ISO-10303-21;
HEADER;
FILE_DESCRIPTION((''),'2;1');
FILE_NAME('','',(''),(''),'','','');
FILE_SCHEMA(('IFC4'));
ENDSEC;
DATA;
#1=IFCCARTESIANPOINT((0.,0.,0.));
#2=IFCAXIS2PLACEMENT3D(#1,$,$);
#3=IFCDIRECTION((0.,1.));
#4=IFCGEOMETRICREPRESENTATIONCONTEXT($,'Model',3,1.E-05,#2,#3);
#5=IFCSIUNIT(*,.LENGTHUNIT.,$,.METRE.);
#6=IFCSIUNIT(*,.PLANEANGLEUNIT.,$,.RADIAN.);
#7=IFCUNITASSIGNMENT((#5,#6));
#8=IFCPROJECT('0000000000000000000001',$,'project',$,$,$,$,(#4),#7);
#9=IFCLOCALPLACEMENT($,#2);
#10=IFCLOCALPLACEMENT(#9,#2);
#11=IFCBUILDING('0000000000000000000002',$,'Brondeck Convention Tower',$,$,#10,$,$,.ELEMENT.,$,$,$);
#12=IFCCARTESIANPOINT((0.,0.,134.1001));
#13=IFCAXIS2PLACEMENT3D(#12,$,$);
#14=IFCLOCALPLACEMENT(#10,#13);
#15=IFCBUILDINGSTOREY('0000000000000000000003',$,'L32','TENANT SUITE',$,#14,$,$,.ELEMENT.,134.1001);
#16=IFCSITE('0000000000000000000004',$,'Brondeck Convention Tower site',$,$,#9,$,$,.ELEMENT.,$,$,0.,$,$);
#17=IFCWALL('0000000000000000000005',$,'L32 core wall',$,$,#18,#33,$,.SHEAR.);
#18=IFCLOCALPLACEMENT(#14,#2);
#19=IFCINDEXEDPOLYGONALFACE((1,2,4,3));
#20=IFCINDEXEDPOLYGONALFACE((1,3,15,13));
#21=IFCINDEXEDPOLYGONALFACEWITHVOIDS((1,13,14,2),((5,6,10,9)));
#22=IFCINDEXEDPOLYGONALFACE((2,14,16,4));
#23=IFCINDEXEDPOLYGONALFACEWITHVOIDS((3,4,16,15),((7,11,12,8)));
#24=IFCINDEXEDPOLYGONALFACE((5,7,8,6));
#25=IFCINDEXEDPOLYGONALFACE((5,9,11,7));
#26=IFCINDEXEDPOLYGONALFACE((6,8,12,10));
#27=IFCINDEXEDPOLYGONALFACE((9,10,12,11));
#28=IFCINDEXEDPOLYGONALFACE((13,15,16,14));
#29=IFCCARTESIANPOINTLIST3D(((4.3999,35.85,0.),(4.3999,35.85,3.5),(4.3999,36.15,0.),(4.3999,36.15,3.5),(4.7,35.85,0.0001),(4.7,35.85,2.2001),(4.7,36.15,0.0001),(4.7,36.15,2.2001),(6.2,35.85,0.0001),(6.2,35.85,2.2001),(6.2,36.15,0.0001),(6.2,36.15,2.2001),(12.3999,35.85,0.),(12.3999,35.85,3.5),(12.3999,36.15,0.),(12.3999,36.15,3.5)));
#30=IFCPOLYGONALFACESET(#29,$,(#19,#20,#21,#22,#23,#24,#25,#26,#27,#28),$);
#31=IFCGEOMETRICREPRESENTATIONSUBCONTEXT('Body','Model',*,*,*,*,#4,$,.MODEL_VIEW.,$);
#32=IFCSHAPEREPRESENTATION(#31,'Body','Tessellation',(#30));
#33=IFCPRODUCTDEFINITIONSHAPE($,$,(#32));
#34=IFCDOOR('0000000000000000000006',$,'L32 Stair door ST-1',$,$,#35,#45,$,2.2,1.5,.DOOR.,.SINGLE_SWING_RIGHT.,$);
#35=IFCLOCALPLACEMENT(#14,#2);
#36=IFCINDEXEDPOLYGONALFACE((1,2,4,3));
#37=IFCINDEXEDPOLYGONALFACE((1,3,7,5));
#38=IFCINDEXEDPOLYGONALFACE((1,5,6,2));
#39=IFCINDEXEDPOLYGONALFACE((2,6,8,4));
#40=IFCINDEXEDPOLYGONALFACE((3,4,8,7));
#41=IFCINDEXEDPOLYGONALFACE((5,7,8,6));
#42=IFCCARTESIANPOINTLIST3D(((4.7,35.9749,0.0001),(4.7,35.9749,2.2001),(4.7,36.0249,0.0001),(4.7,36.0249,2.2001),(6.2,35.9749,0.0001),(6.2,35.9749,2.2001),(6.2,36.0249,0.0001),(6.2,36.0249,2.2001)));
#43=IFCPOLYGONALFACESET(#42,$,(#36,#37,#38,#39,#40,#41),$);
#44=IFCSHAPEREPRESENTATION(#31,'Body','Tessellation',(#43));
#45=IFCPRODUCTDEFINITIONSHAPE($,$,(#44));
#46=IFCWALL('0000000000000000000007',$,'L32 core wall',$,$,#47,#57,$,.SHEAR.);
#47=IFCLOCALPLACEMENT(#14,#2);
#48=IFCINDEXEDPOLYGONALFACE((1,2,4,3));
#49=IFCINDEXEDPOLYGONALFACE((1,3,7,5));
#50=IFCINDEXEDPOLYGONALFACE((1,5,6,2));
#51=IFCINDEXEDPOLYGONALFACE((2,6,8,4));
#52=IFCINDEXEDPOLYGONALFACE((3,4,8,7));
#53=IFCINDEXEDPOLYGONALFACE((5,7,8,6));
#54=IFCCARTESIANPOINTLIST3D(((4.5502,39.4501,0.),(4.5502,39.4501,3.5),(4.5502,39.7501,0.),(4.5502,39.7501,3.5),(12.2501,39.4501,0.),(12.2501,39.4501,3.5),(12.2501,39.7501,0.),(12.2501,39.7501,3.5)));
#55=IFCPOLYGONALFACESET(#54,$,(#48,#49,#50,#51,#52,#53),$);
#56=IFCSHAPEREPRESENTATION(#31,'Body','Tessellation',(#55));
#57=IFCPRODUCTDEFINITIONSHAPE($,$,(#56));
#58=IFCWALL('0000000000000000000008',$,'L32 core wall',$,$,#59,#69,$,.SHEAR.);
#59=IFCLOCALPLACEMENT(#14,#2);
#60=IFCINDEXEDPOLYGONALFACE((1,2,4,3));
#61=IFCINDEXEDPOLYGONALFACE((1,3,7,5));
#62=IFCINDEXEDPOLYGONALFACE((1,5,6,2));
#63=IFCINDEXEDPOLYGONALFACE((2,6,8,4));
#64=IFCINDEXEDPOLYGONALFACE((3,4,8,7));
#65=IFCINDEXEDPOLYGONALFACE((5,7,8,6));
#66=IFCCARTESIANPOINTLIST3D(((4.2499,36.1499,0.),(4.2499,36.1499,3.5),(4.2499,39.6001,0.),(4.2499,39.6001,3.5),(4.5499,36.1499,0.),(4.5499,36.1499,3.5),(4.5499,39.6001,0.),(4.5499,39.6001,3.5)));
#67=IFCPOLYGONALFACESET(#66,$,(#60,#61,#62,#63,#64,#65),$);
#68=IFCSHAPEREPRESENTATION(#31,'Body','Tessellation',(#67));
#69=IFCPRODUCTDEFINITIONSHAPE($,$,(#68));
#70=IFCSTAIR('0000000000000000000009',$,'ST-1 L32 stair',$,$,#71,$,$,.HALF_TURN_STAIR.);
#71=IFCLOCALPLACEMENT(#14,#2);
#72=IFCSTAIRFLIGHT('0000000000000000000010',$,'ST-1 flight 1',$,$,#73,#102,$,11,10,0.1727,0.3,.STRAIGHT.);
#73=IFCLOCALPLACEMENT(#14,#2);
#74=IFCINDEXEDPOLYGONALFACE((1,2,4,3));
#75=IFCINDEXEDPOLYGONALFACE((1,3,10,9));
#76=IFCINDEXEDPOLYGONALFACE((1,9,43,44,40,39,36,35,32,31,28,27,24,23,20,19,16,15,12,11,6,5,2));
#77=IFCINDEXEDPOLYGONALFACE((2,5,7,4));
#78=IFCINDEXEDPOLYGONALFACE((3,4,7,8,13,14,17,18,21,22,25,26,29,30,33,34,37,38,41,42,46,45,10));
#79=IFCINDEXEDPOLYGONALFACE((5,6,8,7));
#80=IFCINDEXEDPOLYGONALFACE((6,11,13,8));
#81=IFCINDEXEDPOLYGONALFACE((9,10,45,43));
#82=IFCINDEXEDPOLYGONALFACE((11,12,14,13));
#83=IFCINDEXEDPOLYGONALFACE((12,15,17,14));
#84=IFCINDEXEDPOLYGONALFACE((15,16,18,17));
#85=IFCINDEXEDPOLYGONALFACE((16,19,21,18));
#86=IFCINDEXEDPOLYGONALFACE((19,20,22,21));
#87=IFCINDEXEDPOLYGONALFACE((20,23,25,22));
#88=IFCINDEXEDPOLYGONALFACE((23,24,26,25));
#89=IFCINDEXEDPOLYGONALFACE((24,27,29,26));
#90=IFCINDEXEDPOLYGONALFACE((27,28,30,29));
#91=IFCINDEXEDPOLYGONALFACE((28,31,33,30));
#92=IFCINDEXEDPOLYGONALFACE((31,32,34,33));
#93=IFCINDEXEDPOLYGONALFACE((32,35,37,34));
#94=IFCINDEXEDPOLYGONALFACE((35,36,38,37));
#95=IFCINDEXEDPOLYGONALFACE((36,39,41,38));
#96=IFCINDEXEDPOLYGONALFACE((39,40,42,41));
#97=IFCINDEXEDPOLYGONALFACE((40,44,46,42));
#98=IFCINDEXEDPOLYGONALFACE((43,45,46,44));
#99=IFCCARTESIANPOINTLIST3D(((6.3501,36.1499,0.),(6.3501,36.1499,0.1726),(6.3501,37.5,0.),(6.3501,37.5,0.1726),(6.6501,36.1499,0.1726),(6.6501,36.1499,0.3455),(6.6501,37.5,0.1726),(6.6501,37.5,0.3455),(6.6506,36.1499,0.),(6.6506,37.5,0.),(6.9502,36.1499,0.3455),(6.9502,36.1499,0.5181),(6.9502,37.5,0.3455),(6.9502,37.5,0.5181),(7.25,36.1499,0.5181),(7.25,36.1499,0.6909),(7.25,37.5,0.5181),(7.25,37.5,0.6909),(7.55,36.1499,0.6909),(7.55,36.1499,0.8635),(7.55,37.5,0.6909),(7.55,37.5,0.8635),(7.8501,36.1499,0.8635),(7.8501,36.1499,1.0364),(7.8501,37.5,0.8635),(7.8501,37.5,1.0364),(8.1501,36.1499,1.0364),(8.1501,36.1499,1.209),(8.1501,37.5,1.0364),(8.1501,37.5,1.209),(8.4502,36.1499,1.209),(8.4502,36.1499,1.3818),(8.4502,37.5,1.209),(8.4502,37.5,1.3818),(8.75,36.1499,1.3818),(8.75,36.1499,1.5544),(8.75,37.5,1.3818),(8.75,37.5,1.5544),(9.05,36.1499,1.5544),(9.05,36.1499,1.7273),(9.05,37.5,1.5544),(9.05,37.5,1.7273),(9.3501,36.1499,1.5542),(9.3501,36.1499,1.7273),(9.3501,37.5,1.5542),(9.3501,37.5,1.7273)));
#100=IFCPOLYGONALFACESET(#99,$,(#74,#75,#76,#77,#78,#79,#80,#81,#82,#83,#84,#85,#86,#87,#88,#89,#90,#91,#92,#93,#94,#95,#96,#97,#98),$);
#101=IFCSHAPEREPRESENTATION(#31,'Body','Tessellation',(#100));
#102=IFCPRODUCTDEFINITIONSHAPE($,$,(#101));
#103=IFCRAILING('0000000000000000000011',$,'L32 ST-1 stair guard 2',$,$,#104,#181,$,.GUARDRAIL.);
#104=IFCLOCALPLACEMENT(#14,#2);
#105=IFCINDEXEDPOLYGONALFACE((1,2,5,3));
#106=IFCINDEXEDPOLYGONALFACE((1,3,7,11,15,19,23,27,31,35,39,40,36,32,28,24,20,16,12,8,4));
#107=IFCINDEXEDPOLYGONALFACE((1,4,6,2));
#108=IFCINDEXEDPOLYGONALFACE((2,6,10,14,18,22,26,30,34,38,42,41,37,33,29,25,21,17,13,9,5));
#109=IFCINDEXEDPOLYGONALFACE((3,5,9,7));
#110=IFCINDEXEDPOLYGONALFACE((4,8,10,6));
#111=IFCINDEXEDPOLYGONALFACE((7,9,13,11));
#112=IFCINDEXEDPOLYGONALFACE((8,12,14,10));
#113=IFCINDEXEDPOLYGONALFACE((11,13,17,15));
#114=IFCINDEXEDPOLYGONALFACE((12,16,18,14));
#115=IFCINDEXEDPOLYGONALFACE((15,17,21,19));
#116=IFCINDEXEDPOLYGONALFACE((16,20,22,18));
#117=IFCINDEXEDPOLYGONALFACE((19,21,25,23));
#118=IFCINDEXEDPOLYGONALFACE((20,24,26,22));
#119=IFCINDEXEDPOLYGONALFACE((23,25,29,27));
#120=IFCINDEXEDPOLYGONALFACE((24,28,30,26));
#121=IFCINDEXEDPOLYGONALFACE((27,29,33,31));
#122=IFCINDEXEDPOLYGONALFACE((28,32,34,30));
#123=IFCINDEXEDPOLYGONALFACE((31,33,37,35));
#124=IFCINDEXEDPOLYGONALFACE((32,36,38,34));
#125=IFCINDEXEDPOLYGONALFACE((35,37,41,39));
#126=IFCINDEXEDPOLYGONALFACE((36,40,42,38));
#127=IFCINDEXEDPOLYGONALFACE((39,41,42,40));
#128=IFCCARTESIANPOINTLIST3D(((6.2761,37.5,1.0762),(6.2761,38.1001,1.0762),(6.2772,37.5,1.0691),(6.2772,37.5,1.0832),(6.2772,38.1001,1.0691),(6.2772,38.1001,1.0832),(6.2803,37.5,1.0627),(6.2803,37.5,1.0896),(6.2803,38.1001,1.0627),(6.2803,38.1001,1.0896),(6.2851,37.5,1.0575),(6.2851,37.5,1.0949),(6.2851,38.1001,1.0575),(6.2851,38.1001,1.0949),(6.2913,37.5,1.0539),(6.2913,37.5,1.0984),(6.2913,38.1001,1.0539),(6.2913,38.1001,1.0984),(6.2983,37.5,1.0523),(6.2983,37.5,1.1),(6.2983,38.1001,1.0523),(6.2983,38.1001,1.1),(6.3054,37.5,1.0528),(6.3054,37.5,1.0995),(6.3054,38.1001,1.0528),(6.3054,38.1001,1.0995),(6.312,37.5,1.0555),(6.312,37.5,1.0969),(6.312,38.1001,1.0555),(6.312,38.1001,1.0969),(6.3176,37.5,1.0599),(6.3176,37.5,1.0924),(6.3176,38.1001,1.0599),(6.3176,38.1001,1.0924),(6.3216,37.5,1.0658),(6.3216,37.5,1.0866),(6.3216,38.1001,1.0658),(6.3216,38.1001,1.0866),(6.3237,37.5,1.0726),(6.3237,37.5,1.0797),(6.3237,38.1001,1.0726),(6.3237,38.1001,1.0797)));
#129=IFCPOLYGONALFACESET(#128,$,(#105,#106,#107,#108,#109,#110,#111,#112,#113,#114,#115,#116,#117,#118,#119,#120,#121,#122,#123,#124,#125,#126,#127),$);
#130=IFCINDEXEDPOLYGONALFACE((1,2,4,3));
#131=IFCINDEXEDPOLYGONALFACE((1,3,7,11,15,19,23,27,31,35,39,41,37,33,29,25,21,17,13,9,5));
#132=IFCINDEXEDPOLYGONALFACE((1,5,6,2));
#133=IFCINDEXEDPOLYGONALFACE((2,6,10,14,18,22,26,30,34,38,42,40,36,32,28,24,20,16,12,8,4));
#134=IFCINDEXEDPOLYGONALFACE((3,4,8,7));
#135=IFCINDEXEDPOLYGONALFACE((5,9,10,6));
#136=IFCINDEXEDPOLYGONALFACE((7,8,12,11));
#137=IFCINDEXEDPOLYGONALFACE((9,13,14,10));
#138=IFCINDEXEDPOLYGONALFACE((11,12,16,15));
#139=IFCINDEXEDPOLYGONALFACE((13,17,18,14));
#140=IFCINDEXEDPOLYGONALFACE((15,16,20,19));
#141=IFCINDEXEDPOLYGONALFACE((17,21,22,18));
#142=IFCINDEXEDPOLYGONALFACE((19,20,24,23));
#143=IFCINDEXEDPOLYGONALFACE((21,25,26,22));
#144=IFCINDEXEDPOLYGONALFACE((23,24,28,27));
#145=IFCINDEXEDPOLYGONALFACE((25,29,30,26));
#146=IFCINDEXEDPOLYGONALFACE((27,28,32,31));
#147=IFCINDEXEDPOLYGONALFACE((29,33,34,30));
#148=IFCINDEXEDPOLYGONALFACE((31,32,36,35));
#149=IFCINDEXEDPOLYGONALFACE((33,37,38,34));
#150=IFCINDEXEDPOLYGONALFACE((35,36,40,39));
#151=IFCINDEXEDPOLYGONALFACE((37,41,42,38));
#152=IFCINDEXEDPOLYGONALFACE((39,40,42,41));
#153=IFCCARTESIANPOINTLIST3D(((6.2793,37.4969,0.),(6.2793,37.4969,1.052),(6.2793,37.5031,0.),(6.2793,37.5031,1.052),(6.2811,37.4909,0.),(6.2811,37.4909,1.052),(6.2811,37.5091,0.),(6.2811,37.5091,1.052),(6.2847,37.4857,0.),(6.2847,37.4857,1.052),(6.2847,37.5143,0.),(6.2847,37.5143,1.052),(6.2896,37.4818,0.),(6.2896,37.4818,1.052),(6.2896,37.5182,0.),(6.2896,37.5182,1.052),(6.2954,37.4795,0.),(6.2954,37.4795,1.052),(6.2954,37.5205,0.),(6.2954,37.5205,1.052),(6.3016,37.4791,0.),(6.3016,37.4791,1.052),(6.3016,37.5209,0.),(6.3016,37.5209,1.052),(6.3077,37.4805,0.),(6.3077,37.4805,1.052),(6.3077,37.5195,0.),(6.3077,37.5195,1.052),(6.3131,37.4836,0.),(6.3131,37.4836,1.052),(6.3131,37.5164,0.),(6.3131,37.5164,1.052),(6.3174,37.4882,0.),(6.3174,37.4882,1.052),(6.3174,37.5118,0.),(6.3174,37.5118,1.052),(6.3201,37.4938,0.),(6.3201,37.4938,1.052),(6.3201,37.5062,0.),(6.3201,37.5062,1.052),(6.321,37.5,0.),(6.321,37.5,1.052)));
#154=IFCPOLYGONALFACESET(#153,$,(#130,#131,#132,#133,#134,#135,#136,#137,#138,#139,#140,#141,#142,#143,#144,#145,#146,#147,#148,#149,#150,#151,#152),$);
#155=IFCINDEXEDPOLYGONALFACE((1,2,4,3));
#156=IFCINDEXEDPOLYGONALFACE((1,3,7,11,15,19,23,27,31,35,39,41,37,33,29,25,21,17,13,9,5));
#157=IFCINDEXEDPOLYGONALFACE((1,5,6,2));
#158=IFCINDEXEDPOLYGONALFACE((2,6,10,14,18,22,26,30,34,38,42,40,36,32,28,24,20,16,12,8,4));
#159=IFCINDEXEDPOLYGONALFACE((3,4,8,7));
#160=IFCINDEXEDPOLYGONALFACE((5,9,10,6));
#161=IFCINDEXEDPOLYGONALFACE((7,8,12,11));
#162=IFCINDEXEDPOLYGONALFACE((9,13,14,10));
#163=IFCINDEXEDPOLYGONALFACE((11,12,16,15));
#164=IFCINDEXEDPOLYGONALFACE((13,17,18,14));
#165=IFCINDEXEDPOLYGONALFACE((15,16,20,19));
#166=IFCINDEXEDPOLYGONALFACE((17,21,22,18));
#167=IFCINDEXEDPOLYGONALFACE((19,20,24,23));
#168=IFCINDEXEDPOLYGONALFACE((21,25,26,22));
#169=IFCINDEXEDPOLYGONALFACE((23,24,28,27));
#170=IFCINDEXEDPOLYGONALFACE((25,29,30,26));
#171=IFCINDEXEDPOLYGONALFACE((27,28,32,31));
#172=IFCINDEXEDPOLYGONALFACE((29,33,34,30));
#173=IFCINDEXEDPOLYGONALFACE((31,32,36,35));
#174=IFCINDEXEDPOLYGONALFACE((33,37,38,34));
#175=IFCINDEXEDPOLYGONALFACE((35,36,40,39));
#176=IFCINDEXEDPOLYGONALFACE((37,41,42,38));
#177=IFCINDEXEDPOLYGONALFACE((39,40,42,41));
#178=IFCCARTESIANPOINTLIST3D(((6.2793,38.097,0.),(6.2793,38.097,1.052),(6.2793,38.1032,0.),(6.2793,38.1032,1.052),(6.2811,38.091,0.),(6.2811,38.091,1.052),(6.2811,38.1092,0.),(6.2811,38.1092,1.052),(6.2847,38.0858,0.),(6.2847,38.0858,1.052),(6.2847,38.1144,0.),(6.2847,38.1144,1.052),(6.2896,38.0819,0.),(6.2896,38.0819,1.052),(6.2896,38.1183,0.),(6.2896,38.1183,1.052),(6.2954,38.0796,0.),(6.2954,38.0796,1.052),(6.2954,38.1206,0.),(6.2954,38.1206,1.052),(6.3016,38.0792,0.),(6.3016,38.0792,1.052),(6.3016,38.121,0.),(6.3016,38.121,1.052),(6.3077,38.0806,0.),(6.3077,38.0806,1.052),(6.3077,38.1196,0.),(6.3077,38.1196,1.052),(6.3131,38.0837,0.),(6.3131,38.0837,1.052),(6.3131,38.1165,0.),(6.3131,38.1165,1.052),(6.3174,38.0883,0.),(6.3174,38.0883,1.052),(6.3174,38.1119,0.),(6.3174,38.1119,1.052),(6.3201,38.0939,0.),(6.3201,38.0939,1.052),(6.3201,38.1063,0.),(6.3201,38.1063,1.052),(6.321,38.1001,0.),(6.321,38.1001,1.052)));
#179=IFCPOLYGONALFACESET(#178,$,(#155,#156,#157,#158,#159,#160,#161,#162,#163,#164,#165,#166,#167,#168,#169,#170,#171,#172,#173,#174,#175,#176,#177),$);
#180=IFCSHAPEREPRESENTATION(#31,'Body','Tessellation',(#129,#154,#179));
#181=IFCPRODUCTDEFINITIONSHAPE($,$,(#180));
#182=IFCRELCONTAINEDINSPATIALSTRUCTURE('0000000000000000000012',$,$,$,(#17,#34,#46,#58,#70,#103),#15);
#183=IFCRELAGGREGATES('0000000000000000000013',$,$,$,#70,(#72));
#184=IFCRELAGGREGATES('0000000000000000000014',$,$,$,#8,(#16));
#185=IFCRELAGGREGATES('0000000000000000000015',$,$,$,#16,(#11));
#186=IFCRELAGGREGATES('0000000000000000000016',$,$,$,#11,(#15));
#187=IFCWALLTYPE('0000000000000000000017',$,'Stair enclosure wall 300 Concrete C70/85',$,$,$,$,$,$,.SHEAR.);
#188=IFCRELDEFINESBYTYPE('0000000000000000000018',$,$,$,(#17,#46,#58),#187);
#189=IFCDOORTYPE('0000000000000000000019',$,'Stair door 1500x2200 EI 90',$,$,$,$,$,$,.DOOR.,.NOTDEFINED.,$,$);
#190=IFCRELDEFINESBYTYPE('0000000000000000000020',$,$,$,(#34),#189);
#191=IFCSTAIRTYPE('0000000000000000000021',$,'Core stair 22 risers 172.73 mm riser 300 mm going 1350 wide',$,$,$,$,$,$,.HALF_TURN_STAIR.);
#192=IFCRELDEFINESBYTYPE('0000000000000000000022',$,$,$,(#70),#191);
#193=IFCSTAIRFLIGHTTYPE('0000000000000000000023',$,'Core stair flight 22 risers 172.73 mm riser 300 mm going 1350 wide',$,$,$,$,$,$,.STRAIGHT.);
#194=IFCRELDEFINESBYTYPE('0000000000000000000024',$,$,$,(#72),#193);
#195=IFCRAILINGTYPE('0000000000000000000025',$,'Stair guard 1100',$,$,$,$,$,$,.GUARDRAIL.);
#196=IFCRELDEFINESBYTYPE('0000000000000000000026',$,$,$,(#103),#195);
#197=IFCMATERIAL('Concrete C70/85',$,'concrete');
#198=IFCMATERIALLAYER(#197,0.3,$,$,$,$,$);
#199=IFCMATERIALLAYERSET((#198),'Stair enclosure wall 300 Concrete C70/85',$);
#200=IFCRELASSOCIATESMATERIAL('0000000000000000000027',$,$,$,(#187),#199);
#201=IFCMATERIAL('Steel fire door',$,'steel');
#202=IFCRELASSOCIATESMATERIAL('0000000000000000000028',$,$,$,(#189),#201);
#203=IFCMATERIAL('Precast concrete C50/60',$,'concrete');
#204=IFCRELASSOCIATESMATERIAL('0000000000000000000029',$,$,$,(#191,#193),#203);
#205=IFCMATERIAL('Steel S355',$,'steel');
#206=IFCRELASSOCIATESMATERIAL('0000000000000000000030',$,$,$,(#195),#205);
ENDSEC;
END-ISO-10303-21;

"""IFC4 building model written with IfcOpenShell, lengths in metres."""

from ifc_helpers import new_model, si_unit, direction, frame, frame_2d, origin, origin_2d, place, context, subcontext, project, spatial, polyline, rectangle, circle, outline, extrude, material, layer, layer_set, type_object, element, fill, aggregate, save


model = new_model("IFC4")

# Units and contexts
model_context = context("Model", 3, precision=1e-05, world=origin(), true_north=direction((0.0, 1.0)))
body_context = subcontext(model_context, "Body", "Model", "MODEL_VIEW")
ifc_project = project(units=[si_unit("LENGTHUNIT", "METRE"), si_unit("PLANEANGLEUNIT", "RADIAN")], contexts=[model_context])

# Site, building, storey
site_placement = place(None, origin())
site = spatial("IfcSite", under=ifc_project, at=site_placement, Name="Brondeck Convention Tower site", CompositionType="ELEMENT", RefElevation=0.0)
building_placement = place(site_placement, origin())
building = spatial("IfcBuilding", under=site, at=building_placement, Name="Brondeck Convention Tower", CompositionType="ELEMENT")
storey_placement = place(building_placement, frame((0.0, 0.0, 134.1001)))
storey = spatial("IfcBuildingStorey", under=building, at=storey_placement, Name="L32", Description="TENANT SUITE", CompositionType="ELEMENT", Elevation=134.1001)

# Shared definitions
ifc_material_1 = material(Name="Concrete C70/85", Category="concrete")

# Shared definitions
ifc_material_2 = material(Name="Steel fire door", Category="steel")

# Wall, opening, door
ifc_layer_1 = layer(ifc_material_1, 0.3)
ifc_layer_set_1 = layer_set([ifc_layer_1], Name="Stair enclosure wall 300 Concrete C70/85")
wall_type_1 = type_object("IfcWallType", Name="Stair enclosure wall 300 Concrete C70/85", PredefinedType="SHEAR", material=ifc_layer_set_1)
wall_1_placement = place(storey_placement, frame((4.3999, 36.0, 0.0), z_axis=(0.0, 0.0, 1.0), x_axis=(1.0, 0.0, 0.0)))
wall_1 = element("IfcWall", 1, at=wall_1_placement, inside=storey, type_object=wall_type_1, Name="L32 core wall", PredefinedType="SHEAR", context=body_context, shape_type="SweptSolid", body=[
    extrude(rectangle(XDim=8.0, YDim=0.3, at=frame_2d((4.0, 0.0))), origin(), (0.0, 0.0, 1.0), 3.5),
])
opening_1_placement = place(wall_1_placement, frame((0.3, 0.0, 0.0)))
opening_1 = element("IfcOpeningElement", 2, at=opening_1_placement, cuts=wall_1, PredefinedType="OPENING", context=body_context, shape_type="SweptSolid", body=[
    extrude(rectangle(XDim=1.5, YDim=2.2, at=frame_2d((0.75, 1.1001))), frame((0.0, 0.1599, 0.0), z_axis=(0.0, -1.0, 0.0), x_axis=(1.0, 0.0, 0.0)), (0.0, 0.0, 1.0), 0.3201),
])
door_type_1 = type_object("IfcDoorType", Name="Stair door 1500x2200 EI 90", OperationType="NOTDEFINED", PredefinedType="DOOR", material=ifc_material_2)
door_1_placement = place(opening_1_placement, origin())
door_1 = element("IfcDoor", 3, at=door_1_placement, inside=storey, type_object=door_type_1, Name="L32 Stair door ST-1", OperationType="SINGLE_SWING_RIGHT", OverallHeight=2.2, OverallWidth=1.5, PredefinedType="DOOR", context=body_context, shape_type="SweptSolid", body=[
    extrude(rectangle(XDim=1.5, YDim=2.2, at=frame_2d((0.75, 1.1001))), frame((0.0, 0.0249, 0.0), z_axis=(0.0, -1.0, 0.0), x_axis=(1.0, 0.0, 0.0)), (0.0, 0.0, 1.0), 0.05),
])
fill(opening_1, door_1)

# Walls
wall_2_placement = place(storey_placement, frame((4.55, 39.6001, 0.0), z_axis=(0.0, 0.0, 1.0), x_axis=(1.0, 0.0, 0.0)))
element("IfcWall", 4, at=wall_2_placement, inside=storey, type_object=wall_type_1, Name="L32 core wall", PredefinedType="SHEAR", context=body_context, shape_type="SweptSolid", body=[
    extrude(rectangle(XDim=7.7, YDim=0.3, at=frame_2d((3.8501, 0.0))), origin(), (0.0, 0.0, 1.0), 3.5),
])
wall_3_placement = place(storey_placement, frame((4.3999, 36.1499, 0.0), z_axis=(0.0, 0.0, 1.0), x_axis=(0.0, 1.0, 0.0)))
element("IfcWall", 5, at=wall_3_placement, inside=storey, type_object=wall_type_1, Name="L32 core wall", PredefinedType="SHEAR", context=body_context, shape_type="SweptSolid", body=[
    extrude(rectangle(XDim=3.4502, YDim=0.3, at=frame_2d((1.7251, 0.0))), origin(), (0.0, 0.0, 1.0), 3.5),
])

# Stair, stair flight
ifc_material_3 = material(Name="Precast concrete C50/60", Category="concrete")
stair_type = type_object("IfcStairType", Name="Core stair 22 risers 172.73 mm riser 300 mm going 1350 wide", PredefinedType="HALF_TURN_STAIR", material=ifc_material_3)
stair_placement = place(storey_placement, origin())
stair = element("IfcStair", 6, at=stair_placement, inside=storey, type_object=stair_type, Name="ST-1 L32 stair", PredefinedType="HALF_TURN_STAIR")
stair_flight_type = type_object("IfcStairFlightType", Name="Core stair flight 22 risers 172.73 mm riser 300 mm going 1350 wide", PredefinedType="STRAIGHT", material=ifc_material_3)
stair_flight_placement = place(storey_placement, frame((6.3501, 36.825, 0.0), z_axis=(0.0, 0.0, 1.0), x_axis=(1.0, 0.0, 0.0)))
stair_flight = element("IfcStairFlight", 7, at=stair_flight_placement, type_object=stair_flight_type, Name="ST-1 flight 1", NumberOfRisers=11, NumberOfTreads=10, PredefinedType="STRAIGHT", RiserHeight=0.1727, TreadLength=0.3, context=body_context, shape_type="SweptSolid", body=[
    extrude(outline(polyline([(0.0, 0.0), (0.0, 0.1726), (0.3, 0.1726), (0.3, 0.3455), (0.6001, 0.3455), (0.6001, 0.5181), (0.8999, 0.5181), (0.8999, 0.6909), (1.2, 0.6909), (1.2, 0.8635), (1.5, 0.8635), (1.5, 1.0364), (1.8, 1.0364), (1.8, 1.209), (2.1001, 1.209), (2.1001, 1.3818), (2.3999, 1.3818), (2.3999, 1.5544), (2.7, 1.5544), (2.7, 1.7273), (3.0, 1.7273), (3.0, 1.8999), (3.0, 1.5542), (0.3005, 0.0), (0.0, 0.0)])), frame((0.0, 0.675, 0.0), z_axis=(0.0, -1.0, 0.0), x_axis=(1.0, 0.0, 0.0)), (0.0, 0.0, 1.0), 1.3501),
])
aggregate(stair, [stair_flight])

# Railing
ifc_material_4 = material(Name="Steel S355", Category="steel")
railing_type_1 = type_object("IfcRailingType", Name="Stair guard 1100", PredefinedType="GUARDRAIL", material=ifc_material_4)
railing_1_placement = place(storey_placement, frame((6.3, 37.5, 0.0)))
element("IfcRailing", 8, at=railing_1_placement, inside=storey, type_object=railing_type_1, Name="L32 ST-1 stair guard 2", PredefinedType="GUARDRAIL", context=body_context, shape_type="SweptSolid", body=[
    extrude(circle(Radius=0.0239, at=origin_2d()), frame((0.0, 0.0, 1.0762), z_axis=(0.0, 1.0, 0.0), x_axis=(-1.0, 0.0, 0.0)), (0.0, 0.0, 1.0), 0.6001),
    extrude(circle(Radius=0.021, at=origin_2d()), origin(), (0.0, 0.0, 1.0), 1.052),
    extrude(circle(Radius=0.021, at=origin_2d()), frame((0.0, 0.6001, 0.0)), (0.0, 0.0, 1.0), 1.052),
])

save(model, "model.ifc")
